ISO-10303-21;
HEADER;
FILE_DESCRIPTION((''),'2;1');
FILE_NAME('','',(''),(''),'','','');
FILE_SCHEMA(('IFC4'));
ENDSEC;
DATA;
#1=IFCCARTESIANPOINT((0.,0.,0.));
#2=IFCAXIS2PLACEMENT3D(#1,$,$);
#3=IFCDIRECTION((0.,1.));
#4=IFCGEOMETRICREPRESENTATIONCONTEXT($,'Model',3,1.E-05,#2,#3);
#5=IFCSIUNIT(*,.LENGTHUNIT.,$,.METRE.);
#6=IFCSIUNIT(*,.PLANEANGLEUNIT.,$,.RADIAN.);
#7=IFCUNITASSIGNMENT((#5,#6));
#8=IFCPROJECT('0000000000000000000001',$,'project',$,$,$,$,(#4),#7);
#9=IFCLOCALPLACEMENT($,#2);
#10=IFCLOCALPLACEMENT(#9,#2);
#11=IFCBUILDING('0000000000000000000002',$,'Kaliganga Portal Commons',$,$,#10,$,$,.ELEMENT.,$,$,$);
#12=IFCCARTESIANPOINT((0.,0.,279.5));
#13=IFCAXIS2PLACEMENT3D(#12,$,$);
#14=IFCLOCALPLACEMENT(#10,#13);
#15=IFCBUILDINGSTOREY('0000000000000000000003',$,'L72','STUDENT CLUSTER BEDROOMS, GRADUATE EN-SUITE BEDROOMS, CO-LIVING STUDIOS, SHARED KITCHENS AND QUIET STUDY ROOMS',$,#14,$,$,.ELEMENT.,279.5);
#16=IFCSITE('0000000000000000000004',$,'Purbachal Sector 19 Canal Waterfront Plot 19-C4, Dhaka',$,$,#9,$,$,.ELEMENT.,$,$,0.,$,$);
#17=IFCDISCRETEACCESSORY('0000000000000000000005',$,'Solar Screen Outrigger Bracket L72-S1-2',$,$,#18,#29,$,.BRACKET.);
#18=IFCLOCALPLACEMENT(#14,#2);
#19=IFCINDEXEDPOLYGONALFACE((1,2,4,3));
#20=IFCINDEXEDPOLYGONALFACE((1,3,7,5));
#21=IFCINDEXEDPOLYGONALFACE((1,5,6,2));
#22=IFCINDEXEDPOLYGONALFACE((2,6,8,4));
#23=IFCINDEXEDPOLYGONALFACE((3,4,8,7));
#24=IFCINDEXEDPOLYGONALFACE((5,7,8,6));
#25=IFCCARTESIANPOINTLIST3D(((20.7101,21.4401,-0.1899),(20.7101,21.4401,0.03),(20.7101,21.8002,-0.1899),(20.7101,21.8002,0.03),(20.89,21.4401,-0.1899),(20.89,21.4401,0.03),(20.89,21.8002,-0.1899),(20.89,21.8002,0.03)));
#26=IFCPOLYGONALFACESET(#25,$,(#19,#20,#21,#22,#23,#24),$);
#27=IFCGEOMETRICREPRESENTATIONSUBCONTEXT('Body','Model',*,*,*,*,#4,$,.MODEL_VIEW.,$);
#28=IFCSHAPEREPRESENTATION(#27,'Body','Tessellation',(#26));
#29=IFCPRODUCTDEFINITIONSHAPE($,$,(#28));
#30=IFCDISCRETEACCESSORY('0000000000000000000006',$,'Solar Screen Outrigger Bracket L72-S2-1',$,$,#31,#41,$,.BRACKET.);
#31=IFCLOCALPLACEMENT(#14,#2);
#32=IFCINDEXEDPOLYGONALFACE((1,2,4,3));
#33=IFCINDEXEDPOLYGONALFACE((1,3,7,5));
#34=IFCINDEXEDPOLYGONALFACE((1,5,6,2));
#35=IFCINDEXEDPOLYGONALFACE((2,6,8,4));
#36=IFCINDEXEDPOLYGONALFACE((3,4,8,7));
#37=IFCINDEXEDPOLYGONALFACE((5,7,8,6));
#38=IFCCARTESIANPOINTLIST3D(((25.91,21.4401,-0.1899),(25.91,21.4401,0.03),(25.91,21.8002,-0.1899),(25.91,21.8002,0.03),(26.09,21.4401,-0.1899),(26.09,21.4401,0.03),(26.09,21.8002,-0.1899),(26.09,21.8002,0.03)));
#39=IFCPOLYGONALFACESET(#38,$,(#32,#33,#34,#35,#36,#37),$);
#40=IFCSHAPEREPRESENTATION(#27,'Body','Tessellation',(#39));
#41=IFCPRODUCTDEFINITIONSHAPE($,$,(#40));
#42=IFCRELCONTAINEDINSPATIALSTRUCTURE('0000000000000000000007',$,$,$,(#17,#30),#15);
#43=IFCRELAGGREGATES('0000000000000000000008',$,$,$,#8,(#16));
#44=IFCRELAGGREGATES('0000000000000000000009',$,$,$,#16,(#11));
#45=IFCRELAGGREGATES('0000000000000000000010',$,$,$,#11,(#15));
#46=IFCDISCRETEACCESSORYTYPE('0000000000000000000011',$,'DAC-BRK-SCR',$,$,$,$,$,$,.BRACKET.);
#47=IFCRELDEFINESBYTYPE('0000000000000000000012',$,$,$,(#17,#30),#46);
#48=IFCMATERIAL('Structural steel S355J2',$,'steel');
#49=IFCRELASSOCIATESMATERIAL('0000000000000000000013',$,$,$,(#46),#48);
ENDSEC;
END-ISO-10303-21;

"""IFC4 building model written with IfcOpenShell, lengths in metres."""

from ifc_helpers import new_model, si_unit, direction, frame, origin, origin_2d, place, context, subcontext, project, spatial, rectangle, extrude, source, transform, mapped, material, type_object, element, save


model = new_model("IFC4")

# Units and contexts
model_context = context("Model", 3, precision=1e-05, world=origin(), true_north=direction((0.0, 1.0)))
body_context = subcontext(model_context, "Body", "Model", "MODEL_VIEW")
ifc_project = project(units=[si_unit("LENGTHUNIT", "METRE"), si_unit("PLANEANGLEUNIT", "RADIAN")], contexts=[model_context])

# Site, building, storey
site_placement = place(None, origin())
site = spatial("IfcSite", under=ifc_project, at=site_placement, Name="Purbachal Sector 19 Canal Waterfront Plot 19-C4, Dhaka", CompositionType="ELEMENT", RefElevation=0.0)
building_placement = place(site_placement, origin())
building = spatial("IfcBuilding", under=site, at=building_placement, Name="Kaliganga Portal Commons", CompositionType="ELEMENT")
storey_placement = place(building_placement, frame((0.0, 0.0, 279.5)))
storey = spatial("IfcBuildingStorey", under=building, at=storey_placement, Name="L72", Description="STUDENT CLUSTER BEDROOMS, GRADUATE EN-SUITE BEDROOMS, CO-LIVING STUDIOS, SHARED KITCHENS AND QUIET STUDY ROOMS", CompositionType="ELEMENT", Elevation=279.5)

# Shared definitions
ifc_material_1 = material(Name="Structural steel S355J2", Category="steel")

# Discrete accessories
discrete_accessory_type = type_object("IfcDiscreteAccessoryType", Name="DAC-BRK-SCR", PredefinedType="BRACKET", material=ifc_material_1)
shared_shape_1 = source(origin(), body_context, "Body", "SweptSolid", [
    extrude(rectangle(XDim=0.1799, YDim=0.3601, at=origin_2d()), origin(), (0.0, 0.0, 1.0), 0.22),
])
for number, where, z_axis, x_axis, name in (
    (1, (20.8, 21.6201, -0.1899), (0.0, 0.0, 1.0), (1.0, 0.0, 0.0), "Solar Screen Outrigger Bracket L72-S1-2"),
    (2, (26.0, 21.6201, -0.1899), (0.0, 0.0, 1.0), (1.0, 0.0, 0.0), "Solar Screen Outrigger Bracket L72-S2-1"),
):
    element("IfcDiscreteAccessory", number, at=place(storey_placement, frame(where, z_axis=z_axis, x_axis=x_axis)), inside=storey, type_object=discrete_accessory_type, Name=name, PredefinedType="BRACKET", context=body_context, shape_type="MappedRepresentation", body=[
        mapped(shared_shape_1, transform((0.0, 0.0, 0.0), x_axis=(1.0, 0.0, 0.0), y_axis=(0.0, 1.0, 0.0), z_axis=(0.0, 0.0, 1.0), scale=1.0)),
    ])

save(model, "model.ifc")
